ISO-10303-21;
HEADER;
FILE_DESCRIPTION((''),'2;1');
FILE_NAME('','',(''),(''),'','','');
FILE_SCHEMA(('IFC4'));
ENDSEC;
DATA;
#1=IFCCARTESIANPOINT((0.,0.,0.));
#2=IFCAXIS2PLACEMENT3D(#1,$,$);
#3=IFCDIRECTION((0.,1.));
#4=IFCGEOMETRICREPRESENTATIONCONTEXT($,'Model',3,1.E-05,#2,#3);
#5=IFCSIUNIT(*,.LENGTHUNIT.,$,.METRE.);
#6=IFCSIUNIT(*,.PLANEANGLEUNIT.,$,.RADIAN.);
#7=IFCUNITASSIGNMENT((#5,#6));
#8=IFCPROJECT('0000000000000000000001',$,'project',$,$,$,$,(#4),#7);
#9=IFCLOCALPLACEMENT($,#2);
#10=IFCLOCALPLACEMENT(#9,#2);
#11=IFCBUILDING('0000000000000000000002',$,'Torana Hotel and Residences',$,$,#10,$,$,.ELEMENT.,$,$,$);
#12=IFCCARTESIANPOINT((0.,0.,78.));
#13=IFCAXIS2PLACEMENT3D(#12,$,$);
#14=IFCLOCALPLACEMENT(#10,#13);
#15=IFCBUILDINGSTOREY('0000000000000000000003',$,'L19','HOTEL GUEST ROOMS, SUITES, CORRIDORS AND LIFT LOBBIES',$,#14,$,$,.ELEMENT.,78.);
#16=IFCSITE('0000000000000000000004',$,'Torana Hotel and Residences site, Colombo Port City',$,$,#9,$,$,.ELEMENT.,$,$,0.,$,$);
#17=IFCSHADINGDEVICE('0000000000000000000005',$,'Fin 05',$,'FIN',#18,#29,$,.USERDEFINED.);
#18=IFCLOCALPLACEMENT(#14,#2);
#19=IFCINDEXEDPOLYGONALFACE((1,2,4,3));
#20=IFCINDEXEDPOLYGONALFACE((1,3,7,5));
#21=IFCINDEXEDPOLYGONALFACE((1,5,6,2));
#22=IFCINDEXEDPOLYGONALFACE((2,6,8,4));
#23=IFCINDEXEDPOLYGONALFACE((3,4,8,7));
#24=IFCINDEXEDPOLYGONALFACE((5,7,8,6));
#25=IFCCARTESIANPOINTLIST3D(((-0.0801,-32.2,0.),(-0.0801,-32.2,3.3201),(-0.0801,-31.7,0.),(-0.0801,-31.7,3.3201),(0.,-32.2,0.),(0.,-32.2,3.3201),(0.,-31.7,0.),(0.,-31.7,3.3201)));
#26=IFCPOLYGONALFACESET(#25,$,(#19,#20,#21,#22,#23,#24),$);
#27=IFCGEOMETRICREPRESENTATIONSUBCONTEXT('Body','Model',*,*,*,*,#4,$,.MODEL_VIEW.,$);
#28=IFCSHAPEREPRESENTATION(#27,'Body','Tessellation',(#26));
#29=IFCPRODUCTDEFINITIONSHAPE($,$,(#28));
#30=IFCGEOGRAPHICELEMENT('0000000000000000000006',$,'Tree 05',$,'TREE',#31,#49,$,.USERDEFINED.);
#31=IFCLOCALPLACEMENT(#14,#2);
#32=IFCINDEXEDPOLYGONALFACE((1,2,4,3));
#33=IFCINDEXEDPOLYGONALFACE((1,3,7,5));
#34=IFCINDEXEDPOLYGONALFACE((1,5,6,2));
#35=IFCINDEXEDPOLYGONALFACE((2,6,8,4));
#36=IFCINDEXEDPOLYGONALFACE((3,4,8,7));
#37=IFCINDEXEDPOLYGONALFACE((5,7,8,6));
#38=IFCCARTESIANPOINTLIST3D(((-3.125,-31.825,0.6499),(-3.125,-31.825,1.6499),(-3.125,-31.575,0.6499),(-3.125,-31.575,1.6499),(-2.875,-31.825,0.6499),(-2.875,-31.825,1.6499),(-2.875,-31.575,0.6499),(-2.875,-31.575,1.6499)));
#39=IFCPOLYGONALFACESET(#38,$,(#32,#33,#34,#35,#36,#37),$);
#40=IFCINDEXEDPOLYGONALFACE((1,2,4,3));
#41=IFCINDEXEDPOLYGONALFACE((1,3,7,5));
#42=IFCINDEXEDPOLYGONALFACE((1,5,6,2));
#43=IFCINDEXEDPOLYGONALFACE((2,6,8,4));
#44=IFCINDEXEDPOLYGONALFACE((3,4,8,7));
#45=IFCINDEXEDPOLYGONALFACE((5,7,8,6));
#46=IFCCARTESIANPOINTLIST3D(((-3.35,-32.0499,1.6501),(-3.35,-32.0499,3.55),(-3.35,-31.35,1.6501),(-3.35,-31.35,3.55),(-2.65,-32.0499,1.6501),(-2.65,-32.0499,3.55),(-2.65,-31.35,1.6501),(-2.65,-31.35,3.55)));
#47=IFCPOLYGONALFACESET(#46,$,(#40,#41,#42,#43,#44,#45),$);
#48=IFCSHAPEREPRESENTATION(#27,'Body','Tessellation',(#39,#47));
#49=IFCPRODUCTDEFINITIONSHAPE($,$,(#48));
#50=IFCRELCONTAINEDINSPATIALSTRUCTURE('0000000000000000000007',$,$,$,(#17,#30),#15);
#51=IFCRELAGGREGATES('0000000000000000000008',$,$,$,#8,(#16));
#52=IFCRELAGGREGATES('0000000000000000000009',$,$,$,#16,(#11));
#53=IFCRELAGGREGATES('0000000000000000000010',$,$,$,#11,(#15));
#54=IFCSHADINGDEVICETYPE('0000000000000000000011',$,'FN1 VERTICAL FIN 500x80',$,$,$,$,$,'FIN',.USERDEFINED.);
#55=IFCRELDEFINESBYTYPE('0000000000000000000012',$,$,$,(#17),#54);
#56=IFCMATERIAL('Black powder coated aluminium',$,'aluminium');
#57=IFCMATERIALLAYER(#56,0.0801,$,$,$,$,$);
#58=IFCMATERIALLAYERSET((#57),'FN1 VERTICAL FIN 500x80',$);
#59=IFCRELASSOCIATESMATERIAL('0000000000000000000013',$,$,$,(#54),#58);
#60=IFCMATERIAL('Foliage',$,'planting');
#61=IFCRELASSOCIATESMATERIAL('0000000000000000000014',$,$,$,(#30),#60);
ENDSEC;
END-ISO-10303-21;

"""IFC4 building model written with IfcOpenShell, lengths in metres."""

from ifc_helpers import new_model, si_unit, direction, frame, origin, origin_2d, place, context, subcontext, project, spatial, rectangle, extrude, material, layer, layer_set, type_object, element, save


model = new_model("IFC4")

# Units and contexts
model_context = context("Model", 3, precision=1e-05, world=origin(), true_north=direction((0.0, 1.0)))
body_context = subcontext(model_context, "Body", "Model", "MODEL_VIEW")
ifc_project = project(units=[si_unit("LENGTHUNIT", "METRE"), si_unit("PLANEANGLEUNIT", "RADIAN")], contexts=[model_context])

# Site, building, storey
site_placement = place(None, origin())
site = spatial("IfcSite", under=ifc_project, at=site_placement, Name="Torana Hotel and Residences site, Colombo Port City", CompositionType="ELEMENT", RefElevation=0.0)
building_placement = place(site_placement, origin())
building = spatial("IfcBuilding", under=site, at=building_placement, Name="Torana Hotel and Residences", CompositionType="ELEMENT")
storey_placement = place(building_placement, frame((0.0, 0.0, 78.0)))
storey = spatial("IfcBuildingStorey", under=building, at=storey_placement, Name="L19", Description="HOTEL GUEST ROOMS, SUITES, CORRIDORS AND LIFT LOBBIES", CompositionType="ELEMENT", Elevation=78.0)

# Shading device
ifc_material_1 = material(Name="Black powder coated aluminium", Category="aluminium")
ifc_layer_1 = layer(ifc_material_1, 0.0801)
ifc_layer_set_1 = layer_set([ifc_layer_1], Name="FN1 VERTICAL FIN 500x80")
shading_device_type = type_object("IfcShadingDeviceType", Name="FN1 VERTICAL FIN 500x80", ElementType="FIN", PredefinedType="USERDEFINED", material=ifc_layer_set_1)
shading_device_placement = place(storey_placement, frame((-0.04, -31.95, 0.0), z_axis=(0.0, 0.0, 1.0), x_axis=(-1.0, 0.0, 0.0)))
element("IfcShadingDevice", 1, at=shading_device_placement, inside=storey, type_object=shading_device_type, Name="Fin 05", ObjectType="FIN", PredefinedType="USERDEFINED", context=body_context, shape_type="SweptSolid", body=[
    extrude(rectangle(XDim=0.0801, YDim=0.5, at=origin_2d()), origin(), (0.0, 0.0, 1.0), 3.3201),
])

# Geographic element
ifc_material_2 = material(Name="Foliage", Category="planting")
geographic_element_placement = place(storey_placement, frame((-3.0, -31.7, 0.6499), z_axis=(0.0, 0.0, 1.0), x_axis=(1.0, 0.0, 0.0)))
element("IfcGeographicElement", 2, at=geographic_element_placement, inside=storey, material=ifc_material_2, Name="Tree 05", ObjectType="TREE", PredefinedType="USERDEFINED", context=body_context, shape_type="SweptSolid", body=[
    extrude(rectangle(XDim=0.25, YDim=0.25, at=origin_2d()), origin(), (0.0, 0.0, 1.0), 1.0),
    extrude(rectangle(XDim=0.7, YDim=0.7, at=origin_2d()), frame((0.0, 0.0, 1.0002)), (0.0, 0.0, 1.0), 1.8999),
])

save(model, "model.ifc")
